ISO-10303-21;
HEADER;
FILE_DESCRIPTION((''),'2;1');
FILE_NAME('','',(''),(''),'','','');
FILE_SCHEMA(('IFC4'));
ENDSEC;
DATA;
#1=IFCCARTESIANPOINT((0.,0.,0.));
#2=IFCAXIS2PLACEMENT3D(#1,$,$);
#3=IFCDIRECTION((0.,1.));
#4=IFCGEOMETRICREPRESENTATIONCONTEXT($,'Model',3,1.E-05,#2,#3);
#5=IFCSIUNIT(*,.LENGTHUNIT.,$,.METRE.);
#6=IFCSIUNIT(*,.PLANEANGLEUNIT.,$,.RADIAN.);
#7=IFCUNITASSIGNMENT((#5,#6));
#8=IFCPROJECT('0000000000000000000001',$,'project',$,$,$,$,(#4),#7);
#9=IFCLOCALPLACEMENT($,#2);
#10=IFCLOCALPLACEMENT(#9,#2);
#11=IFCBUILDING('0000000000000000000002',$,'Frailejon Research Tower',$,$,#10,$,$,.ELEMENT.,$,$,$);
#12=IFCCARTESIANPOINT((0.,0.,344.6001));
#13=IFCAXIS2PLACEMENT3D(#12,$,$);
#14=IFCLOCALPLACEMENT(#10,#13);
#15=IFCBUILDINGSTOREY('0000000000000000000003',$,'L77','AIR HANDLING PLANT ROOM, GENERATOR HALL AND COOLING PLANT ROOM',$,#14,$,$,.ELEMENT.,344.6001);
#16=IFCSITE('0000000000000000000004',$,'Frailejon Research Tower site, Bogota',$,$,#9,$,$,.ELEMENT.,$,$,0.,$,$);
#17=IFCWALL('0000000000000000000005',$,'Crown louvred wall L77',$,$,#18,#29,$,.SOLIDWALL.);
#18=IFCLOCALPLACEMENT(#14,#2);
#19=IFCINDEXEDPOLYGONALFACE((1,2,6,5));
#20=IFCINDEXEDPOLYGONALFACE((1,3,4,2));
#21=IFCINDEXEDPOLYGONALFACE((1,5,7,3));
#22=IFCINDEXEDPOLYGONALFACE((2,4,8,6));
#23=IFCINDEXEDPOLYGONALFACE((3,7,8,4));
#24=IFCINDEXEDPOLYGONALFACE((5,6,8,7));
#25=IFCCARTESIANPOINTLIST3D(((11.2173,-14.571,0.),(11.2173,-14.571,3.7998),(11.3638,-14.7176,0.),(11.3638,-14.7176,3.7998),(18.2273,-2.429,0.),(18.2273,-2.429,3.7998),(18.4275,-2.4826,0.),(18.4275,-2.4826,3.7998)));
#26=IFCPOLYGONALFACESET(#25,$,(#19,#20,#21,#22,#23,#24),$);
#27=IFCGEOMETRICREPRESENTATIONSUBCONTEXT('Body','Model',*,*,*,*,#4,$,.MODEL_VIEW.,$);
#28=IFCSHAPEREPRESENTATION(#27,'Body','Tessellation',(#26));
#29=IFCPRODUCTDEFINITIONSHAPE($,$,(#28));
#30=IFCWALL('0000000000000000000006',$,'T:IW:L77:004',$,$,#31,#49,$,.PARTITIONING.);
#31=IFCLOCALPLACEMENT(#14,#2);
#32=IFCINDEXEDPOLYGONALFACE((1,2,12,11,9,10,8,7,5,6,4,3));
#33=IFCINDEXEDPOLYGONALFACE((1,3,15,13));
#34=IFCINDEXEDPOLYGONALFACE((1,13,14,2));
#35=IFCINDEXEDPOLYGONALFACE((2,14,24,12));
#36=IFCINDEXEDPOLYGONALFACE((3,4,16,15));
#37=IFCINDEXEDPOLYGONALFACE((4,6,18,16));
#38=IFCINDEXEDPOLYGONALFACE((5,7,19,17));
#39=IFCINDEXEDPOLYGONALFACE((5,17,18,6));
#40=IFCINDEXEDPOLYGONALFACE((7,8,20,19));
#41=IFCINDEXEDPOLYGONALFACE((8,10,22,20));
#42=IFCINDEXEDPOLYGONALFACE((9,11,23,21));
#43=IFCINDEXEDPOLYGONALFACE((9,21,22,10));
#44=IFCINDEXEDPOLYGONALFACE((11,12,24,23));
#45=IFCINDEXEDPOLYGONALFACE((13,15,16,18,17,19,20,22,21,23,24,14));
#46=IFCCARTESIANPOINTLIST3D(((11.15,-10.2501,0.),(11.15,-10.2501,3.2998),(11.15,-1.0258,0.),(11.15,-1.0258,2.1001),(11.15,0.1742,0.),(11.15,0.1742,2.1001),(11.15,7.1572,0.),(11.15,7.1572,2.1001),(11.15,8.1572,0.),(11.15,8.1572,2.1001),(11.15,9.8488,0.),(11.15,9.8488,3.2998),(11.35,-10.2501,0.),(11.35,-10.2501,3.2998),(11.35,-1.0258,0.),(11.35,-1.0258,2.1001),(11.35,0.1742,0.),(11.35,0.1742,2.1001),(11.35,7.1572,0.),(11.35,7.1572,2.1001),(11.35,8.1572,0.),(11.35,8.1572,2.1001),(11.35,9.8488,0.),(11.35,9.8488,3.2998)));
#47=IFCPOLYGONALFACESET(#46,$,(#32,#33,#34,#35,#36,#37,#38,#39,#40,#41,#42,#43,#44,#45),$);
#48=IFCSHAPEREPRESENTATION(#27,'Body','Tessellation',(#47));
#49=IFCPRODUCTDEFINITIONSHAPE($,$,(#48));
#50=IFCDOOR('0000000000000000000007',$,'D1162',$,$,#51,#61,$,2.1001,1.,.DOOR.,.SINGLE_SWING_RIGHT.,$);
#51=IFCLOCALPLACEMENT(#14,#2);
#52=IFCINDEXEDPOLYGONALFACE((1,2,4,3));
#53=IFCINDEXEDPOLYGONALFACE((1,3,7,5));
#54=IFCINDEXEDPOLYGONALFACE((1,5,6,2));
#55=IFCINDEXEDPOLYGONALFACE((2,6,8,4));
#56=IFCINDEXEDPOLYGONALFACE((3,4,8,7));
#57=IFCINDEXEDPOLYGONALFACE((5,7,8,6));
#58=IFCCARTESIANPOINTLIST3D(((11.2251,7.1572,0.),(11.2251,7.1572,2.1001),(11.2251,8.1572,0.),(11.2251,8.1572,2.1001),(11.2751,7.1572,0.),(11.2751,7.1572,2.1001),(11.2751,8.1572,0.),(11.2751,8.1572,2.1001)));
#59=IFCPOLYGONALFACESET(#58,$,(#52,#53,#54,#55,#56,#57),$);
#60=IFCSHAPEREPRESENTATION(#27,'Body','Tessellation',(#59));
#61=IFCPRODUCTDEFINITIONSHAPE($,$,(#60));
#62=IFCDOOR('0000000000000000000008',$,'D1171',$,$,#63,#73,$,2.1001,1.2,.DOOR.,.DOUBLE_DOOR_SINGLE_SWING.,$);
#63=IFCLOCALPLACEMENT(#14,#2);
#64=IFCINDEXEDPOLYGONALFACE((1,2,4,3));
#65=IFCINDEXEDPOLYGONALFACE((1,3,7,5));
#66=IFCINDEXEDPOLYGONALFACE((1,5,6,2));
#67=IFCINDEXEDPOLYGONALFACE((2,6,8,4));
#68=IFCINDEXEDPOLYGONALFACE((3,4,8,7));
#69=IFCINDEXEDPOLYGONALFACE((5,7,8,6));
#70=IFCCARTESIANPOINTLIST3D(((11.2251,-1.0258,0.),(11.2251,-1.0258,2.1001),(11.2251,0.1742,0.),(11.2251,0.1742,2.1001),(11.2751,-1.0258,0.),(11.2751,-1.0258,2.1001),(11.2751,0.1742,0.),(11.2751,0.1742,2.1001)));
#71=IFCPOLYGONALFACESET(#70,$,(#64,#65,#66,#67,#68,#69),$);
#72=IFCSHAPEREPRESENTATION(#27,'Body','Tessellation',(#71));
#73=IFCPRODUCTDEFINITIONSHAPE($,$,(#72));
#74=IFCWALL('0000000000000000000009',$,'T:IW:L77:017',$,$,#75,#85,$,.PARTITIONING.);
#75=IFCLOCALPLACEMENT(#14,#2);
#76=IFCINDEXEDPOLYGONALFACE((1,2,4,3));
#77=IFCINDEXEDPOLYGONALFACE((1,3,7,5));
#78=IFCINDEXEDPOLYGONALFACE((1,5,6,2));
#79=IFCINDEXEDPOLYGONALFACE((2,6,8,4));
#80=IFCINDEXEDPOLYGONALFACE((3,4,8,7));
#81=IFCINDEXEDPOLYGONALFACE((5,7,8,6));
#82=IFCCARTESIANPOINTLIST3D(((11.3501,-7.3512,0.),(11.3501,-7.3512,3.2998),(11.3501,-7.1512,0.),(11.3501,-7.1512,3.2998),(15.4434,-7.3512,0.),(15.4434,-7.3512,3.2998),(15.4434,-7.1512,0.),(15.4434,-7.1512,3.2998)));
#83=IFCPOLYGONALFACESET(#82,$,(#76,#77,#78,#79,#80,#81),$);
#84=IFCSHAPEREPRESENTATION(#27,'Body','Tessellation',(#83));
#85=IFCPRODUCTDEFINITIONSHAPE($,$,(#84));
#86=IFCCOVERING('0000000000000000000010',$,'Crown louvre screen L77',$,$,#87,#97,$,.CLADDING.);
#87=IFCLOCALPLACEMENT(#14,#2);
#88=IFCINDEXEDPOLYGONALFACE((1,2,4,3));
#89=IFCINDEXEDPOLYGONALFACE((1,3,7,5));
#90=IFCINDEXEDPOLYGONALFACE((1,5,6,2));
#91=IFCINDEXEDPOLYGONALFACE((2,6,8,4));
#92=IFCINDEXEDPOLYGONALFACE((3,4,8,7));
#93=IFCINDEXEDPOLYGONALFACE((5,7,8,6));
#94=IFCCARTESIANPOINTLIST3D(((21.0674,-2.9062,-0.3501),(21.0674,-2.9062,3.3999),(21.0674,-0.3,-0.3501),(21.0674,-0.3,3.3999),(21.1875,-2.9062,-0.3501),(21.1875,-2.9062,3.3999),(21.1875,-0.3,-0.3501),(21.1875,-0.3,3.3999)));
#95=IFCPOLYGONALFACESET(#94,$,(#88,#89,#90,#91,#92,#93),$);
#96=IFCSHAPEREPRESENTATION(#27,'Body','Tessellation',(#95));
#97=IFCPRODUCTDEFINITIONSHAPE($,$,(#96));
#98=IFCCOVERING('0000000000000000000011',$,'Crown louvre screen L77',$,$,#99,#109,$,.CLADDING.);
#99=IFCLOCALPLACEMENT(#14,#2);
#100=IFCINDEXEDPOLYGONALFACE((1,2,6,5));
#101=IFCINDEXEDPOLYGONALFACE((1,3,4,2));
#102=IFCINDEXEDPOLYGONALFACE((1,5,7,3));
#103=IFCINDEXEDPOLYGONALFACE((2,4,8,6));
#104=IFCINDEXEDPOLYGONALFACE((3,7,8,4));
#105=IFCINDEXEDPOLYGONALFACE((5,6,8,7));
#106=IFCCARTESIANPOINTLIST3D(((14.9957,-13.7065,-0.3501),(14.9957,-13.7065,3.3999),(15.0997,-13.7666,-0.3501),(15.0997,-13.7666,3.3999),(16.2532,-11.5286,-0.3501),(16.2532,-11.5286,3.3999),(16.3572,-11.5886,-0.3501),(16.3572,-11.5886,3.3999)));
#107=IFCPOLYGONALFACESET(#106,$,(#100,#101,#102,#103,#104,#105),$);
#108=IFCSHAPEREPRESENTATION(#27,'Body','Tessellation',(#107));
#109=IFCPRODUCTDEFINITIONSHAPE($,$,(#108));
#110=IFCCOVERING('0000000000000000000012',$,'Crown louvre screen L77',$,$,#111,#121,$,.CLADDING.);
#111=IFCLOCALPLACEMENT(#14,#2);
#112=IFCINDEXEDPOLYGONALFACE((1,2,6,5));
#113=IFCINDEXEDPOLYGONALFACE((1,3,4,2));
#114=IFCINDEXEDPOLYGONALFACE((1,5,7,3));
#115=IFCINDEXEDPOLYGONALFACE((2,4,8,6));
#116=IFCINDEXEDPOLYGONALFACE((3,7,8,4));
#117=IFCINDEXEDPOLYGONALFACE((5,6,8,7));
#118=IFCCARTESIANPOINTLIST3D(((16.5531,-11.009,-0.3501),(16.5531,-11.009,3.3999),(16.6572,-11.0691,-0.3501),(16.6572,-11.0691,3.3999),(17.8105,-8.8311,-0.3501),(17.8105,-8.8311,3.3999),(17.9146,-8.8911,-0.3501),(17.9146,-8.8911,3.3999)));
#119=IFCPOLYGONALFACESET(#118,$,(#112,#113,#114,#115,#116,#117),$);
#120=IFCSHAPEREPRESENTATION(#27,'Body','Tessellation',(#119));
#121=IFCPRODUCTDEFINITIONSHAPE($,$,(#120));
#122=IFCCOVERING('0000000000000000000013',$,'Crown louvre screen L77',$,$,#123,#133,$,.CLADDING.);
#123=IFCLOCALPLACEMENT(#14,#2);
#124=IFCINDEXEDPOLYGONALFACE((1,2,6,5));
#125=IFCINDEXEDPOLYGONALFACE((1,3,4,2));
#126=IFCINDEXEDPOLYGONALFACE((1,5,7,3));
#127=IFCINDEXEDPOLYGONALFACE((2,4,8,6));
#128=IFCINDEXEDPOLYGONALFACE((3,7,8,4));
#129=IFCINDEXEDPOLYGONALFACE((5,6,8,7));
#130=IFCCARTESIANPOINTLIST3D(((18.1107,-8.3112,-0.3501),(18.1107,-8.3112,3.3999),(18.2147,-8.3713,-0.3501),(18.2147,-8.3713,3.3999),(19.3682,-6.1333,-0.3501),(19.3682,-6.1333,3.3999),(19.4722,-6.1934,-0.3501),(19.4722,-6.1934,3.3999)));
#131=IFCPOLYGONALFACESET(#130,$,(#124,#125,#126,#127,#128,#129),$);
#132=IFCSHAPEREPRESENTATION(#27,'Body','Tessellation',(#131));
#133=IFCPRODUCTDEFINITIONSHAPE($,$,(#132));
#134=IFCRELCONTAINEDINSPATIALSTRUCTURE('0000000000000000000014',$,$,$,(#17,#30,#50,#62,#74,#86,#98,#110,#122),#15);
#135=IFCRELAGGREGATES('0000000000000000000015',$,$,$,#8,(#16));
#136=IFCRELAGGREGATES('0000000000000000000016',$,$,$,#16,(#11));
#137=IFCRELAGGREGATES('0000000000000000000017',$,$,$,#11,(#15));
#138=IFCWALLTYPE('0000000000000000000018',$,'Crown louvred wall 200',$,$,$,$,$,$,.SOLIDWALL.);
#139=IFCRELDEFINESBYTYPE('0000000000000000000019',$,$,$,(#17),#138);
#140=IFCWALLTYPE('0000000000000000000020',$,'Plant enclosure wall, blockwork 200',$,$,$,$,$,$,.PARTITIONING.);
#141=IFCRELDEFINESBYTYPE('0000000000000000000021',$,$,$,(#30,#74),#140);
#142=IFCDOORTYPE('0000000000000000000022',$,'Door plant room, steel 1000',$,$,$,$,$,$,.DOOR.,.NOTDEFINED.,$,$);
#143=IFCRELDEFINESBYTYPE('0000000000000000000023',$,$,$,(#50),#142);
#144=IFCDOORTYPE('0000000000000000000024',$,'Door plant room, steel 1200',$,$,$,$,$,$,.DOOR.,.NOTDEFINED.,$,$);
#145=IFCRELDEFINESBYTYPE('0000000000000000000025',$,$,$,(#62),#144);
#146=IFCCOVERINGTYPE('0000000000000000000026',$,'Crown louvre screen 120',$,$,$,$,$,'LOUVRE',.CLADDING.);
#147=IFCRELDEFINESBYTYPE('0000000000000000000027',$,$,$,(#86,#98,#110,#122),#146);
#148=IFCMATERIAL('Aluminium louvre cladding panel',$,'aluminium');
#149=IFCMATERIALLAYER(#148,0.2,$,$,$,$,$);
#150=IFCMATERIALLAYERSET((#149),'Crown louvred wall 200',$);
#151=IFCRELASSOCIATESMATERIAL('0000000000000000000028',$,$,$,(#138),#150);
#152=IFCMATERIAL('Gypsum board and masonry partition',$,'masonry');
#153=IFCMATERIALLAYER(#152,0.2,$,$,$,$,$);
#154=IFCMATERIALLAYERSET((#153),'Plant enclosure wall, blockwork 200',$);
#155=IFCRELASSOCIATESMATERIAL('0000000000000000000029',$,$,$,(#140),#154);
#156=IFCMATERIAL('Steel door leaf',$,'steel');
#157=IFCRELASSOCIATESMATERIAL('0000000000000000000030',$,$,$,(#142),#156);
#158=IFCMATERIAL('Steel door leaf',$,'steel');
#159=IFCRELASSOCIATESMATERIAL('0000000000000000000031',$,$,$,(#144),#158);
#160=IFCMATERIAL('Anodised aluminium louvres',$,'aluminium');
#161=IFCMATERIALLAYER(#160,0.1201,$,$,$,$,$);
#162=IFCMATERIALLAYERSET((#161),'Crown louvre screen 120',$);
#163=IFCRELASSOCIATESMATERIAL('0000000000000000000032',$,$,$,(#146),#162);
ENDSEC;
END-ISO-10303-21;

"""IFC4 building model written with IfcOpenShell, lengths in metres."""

from ifc_helpers import new_model, si_unit, direction, frame, frame_2d, origin, place, context, subcontext, project, spatial, polyline, rectangle, outline, extrude, material, layer, layer_set, type_object, element, fill, save


model = new_model("IFC4")

# Units and contexts
model_context = context("Model", 3, precision=1e-05, world=origin(), true_north=direction((0.0, 1.0)))
body_context = subcontext(model_context, "Body", "Model", "MODEL_VIEW")
ifc_project = project(units=[si_unit("LENGTHUNIT", "METRE"), si_unit("PLANEANGLEUNIT", "RADIAN")], contexts=[model_context])

# Site, building, storey
site_placement = place(None, origin())
site = spatial("IfcSite", under=ifc_project, at=site_placement, Name="Frailejon Research Tower site, Bogota", CompositionType="ELEMENT", RefElevation=0.0)
building_placement = place(site_placement, origin())
building = spatial("IfcBuilding", under=site, at=building_placement, Name="Frailejon Research Tower", CompositionType="ELEMENT")
storey_placement = place(building_placement, frame((0.0, 0.0, 344.6001)))
storey = spatial("IfcBuildingStorey", under=building, at=storey_placement, Name="L77", Description="AIR HANDLING PLANT ROOM, GENERATOR HALL AND COOLING PLANT ROOM", CompositionType="ELEMENT", Elevation=344.6001)

# Wall
ifc_material_1 = material(Name="Aluminium louvre cladding panel", Category="aluminium")
ifc_layer_1 = layer(ifc_material_1, 0.2)
ifc_layer_set_1 = layer_set([ifc_layer_1], Name="Crown louvred wall 200")
wall_type_1 = type_object("IfcWallType", Name="Crown louvred wall 200", PredefinedType="SOLIDWALL", material=ifc_layer_set_1)
wall_1_placement = place(storey_placement, frame((11.2905, -14.6443, 0.0), z_axis=(0.0, 0.0, 1.0), x_axis=(0.499992, 0.86603, 0.0)))
element("IfcWall", 1, at=wall_1_placement, inside=storey, type_object=wall_type_1, Name="Crown louvred wall L77", PredefinedType="SOLIDWALL", context=body_context, shape_type="SweptSolid", body=[
    extrude(outline(polyline([(-0.0269, -0.1001), (14.1008, -0.1001), (14.0471, 0.1001), (0.0269, 0.1001), (-0.0269, -0.1001)])), origin(), (0.0, 0.0, 1.0), 3.7998),
])

# Wall, openings, doors
ifc_material_2 = material(Name="Gypsum board and masonry partition", Category="masonry")
ifc_layer_2 = layer(ifc_material_2, 0.2)
ifc_layer_set_2 = layer_set([ifc_layer_2], Name="Plant enclosure wall, blockwork 200")
wall_type_2 = type_object("IfcWallType", Name="Plant enclosure wall, blockwork 200", PredefinedType="PARTITIONING", material=ifc_layer_set_2)
wall_2_placement = place(storey_placement, frame((11.25, -10.25, 0.0), z_axis=(0.0, 0.0, 1.0), x_axis=(0.0, 1.0, 0.0)))
wall_2 = element("IfcWall", 2, at=wall_2_placement, inside=storey, type_object=wall_type_2, Name="T:IW:L77:004", PredefinedType="PARTITIONING", context=body_context, shape_type="SweptSolid", body=[
    extrude(rectangle(XDim=20.0989, YDim=0.2, at=frame_2d((10.0493, 0.0))), origin(), (0.0, 0.0, 1.0), 3.2998),
])
opening_1_placement = place(wall_2_placement, frame((17.4072, 0.0, 0.0)))
opening_1 = element("IfcOpeningElement", 3, at=opening_1_placement, cuts=wall_2, PredefinedType="OPENING", context=body_context, shape_type="SweptSolid", body=[
    extrude(rectangle(XDim=1.0, YDim=2.1001, at=frame_2d((0.5, 1.05))), frame((0.0, 0.1099, 0.0), z_axis=(0.0, -1.0, 0.0), x_axis=(1.0, 0.0, 0.0)), (0.0, 0.0, 1.0), 0.22),
])
opening_2_placement = place(wall_2_placement, frame((9.2241, 0.0, 0.0)))
opening_2 = element("IfcOpeningElement", 4, at=opening_2_placement, cuts=wall_2, PredefinedType="OPENING", context=body_context, shape_type="SweptSolid", body=[
    extrude(rectangle(XDim=1.2, YDim=2.1001, at=frame_2d((0.6001, 1.05))), frame((0.0, 0.1099, 0.0), z_axis=(0.0, -1.0, 0.0), x_axis=(1.0, 0.0, 0.0)), (0.0, 0.0, 1.0), 0.22),
])
ifc_material_3 = material(Name="Steel door leaf", Category="steel")
door_type_1 = type_object("IfcDoorType", Name="Door plant room, steel 1000", OperationType="NOTDEFINED", PredefinedType="DOOR", material=ifc_material_3)
door_1_placement = place(opening_1_placement, origin())
door_1 = element("IfcDoor", 5, at=door_1_placement, inside=storey, type_object=door_type_1, Name="D1162", OperationType="SINGLE_SWING_RIGHT", OverallHeight=2.1001, OverallWidth=1.0, PredefinedType="DOOR", context=body_context, shape_type="SweptSolid", body=[
    extrude(rectangle(XDim=1.0, YDim=2.1001, at=frame_2d((0.5, 1.05))), frame((0.0, 0.0249, 0.0), z_axis=(0.0, -1.0, 0.0), x_axis=(1.0, 0.0, 0.0)), (0.0, 0.0, 1.0), 0.05),
])
fill(opening_1, door_1)
ifc_material_4 = material(Name="Steel door leaf", Category="steel")
door_type_2 = type_object("IfcDoorType", Name="Door plant room, steel 1200", OperationType="NOTDEFINED", PredefinedType="DOOR", material=ifc_material_4)
door_2_placement = place(opening_2_placement, origin())
door_2 = element("IfcDoor", 6, at=door_2_placement, inside=storey, type_object=door_type_2, Name="D1171", OperationType="DOUBLE_DOOR_SINGLE_SWING", OverallHeight=2.1001, OverallWidth=1.2, PredefinedType="DOOR", context=body_context, shape_type="SweptSolid", body=[
    extrude(rectangle(XDim=1.2, YDim=2.1001, at=frame_2d((0.6001, 1.05))), frame((0.0, 0.0249, 0.0), z_axis=(0.0, -1.0, 0.0), x_axis=(1.0, 0.0, 0.0)), (0.0, 0.0, 1.0), 0.05),
])
fill(opening_2, door_2)

# Wall
wall_3_placement = place(storey_placement, frame((11.3501, -7.2512, 0.0), z_axis=(0.0, 0.0, 1.0), x_axis=(1.0, 0.0, 0.0)))
element("IfcWall", 7, at=wall_3_placement, inside=storey, type_object=wall_type_2, Name="T:IW:L77:017", PredefinedType="PARTITIONING", context=body_context, shape_type="SweptSolid", body=[
    extrude(rectangle(XDim=4.0933, YDim=0.2, at=frame_2d((2.0466, 0.0))), origin(), (0.0, 0.0, 1.0), 3.2998),
])

# Coverings
ifc_material_5 = material(Name="Anodised aluminium louvres", Category="aluminium")
ifc_layer_3 = layer(ifc_material_5, 0.1201)
ifc_layer_set_3 = layer_set([ifc_layer_3], Name="Crown louvre screen 120")
covering_type = type_object("IfcCoveringType", Name="Crown louvre screen 120", ElementType="LOUVRE", PredefinedType="CLADDING", material=ifc_layer_set_3)
covering_placement = place(storey_placement, frame((21.1274, -0.3, -0.3501), z_axis=(0.0, -1.0, 0.0), x_axis=(1.0, 0.0, 0.0)))
element("IfcCovering", 8, at=covering_placement, inside=storey, type_object=covering_type, Name="Crown louvre screen L77", PredefinedType="CLADDING", context=body_context, shape_type="SweptSolid", body=[
    extrude(outline(polyline([(-0.0601, 0.0), (0.0601, 0.0), (0.0601, 3.75), (-0.0601, 3.75), (-0.0601, 0.0)])), origin(), (0.0, 0.0, 1.0), 2.6062),
])
for number, where, z_axis, x_axis, name in (
    (9, (16.3052, -11.5586, -0.3501), (-0.500009, -0.86602, 0.0), (0.86602, -0.500009, 0.0), "Crown louvre screen L77"),
    (10, (17.8625, -8.8611, -0.3501), (-0.499979, -0.866037, 0.0), (0.866037, -0.499979, 0.0), "Crown louvre screen L77"),
    (11, (19.4202, -6.1633, -0.3501), (-0.500009, -0.86602, 0.0), (0.86602, -0.500009, 0.0), "Crown louvre screen L77"),
):
    element("IfcCovering", number, at=place(storey_placement, frame(where, z_axis=z_axis, x_axis=x_axis)), inside=storey, type_object=covering_type, Name=name, PredefinedType="CLADDING", context=body_context, shape_type="SweptSolid", body=[
        extrude(outline(polyline([(-0.0601, 0.0), (0.0601, 0.0), (0.0601, 3.75), (-0.0601, 3.75), (-0.0601, 0.0)])), origin(), (0.0, 0.0, 1.0), 2.5149),
    ])

save(model, "model.ifc")
